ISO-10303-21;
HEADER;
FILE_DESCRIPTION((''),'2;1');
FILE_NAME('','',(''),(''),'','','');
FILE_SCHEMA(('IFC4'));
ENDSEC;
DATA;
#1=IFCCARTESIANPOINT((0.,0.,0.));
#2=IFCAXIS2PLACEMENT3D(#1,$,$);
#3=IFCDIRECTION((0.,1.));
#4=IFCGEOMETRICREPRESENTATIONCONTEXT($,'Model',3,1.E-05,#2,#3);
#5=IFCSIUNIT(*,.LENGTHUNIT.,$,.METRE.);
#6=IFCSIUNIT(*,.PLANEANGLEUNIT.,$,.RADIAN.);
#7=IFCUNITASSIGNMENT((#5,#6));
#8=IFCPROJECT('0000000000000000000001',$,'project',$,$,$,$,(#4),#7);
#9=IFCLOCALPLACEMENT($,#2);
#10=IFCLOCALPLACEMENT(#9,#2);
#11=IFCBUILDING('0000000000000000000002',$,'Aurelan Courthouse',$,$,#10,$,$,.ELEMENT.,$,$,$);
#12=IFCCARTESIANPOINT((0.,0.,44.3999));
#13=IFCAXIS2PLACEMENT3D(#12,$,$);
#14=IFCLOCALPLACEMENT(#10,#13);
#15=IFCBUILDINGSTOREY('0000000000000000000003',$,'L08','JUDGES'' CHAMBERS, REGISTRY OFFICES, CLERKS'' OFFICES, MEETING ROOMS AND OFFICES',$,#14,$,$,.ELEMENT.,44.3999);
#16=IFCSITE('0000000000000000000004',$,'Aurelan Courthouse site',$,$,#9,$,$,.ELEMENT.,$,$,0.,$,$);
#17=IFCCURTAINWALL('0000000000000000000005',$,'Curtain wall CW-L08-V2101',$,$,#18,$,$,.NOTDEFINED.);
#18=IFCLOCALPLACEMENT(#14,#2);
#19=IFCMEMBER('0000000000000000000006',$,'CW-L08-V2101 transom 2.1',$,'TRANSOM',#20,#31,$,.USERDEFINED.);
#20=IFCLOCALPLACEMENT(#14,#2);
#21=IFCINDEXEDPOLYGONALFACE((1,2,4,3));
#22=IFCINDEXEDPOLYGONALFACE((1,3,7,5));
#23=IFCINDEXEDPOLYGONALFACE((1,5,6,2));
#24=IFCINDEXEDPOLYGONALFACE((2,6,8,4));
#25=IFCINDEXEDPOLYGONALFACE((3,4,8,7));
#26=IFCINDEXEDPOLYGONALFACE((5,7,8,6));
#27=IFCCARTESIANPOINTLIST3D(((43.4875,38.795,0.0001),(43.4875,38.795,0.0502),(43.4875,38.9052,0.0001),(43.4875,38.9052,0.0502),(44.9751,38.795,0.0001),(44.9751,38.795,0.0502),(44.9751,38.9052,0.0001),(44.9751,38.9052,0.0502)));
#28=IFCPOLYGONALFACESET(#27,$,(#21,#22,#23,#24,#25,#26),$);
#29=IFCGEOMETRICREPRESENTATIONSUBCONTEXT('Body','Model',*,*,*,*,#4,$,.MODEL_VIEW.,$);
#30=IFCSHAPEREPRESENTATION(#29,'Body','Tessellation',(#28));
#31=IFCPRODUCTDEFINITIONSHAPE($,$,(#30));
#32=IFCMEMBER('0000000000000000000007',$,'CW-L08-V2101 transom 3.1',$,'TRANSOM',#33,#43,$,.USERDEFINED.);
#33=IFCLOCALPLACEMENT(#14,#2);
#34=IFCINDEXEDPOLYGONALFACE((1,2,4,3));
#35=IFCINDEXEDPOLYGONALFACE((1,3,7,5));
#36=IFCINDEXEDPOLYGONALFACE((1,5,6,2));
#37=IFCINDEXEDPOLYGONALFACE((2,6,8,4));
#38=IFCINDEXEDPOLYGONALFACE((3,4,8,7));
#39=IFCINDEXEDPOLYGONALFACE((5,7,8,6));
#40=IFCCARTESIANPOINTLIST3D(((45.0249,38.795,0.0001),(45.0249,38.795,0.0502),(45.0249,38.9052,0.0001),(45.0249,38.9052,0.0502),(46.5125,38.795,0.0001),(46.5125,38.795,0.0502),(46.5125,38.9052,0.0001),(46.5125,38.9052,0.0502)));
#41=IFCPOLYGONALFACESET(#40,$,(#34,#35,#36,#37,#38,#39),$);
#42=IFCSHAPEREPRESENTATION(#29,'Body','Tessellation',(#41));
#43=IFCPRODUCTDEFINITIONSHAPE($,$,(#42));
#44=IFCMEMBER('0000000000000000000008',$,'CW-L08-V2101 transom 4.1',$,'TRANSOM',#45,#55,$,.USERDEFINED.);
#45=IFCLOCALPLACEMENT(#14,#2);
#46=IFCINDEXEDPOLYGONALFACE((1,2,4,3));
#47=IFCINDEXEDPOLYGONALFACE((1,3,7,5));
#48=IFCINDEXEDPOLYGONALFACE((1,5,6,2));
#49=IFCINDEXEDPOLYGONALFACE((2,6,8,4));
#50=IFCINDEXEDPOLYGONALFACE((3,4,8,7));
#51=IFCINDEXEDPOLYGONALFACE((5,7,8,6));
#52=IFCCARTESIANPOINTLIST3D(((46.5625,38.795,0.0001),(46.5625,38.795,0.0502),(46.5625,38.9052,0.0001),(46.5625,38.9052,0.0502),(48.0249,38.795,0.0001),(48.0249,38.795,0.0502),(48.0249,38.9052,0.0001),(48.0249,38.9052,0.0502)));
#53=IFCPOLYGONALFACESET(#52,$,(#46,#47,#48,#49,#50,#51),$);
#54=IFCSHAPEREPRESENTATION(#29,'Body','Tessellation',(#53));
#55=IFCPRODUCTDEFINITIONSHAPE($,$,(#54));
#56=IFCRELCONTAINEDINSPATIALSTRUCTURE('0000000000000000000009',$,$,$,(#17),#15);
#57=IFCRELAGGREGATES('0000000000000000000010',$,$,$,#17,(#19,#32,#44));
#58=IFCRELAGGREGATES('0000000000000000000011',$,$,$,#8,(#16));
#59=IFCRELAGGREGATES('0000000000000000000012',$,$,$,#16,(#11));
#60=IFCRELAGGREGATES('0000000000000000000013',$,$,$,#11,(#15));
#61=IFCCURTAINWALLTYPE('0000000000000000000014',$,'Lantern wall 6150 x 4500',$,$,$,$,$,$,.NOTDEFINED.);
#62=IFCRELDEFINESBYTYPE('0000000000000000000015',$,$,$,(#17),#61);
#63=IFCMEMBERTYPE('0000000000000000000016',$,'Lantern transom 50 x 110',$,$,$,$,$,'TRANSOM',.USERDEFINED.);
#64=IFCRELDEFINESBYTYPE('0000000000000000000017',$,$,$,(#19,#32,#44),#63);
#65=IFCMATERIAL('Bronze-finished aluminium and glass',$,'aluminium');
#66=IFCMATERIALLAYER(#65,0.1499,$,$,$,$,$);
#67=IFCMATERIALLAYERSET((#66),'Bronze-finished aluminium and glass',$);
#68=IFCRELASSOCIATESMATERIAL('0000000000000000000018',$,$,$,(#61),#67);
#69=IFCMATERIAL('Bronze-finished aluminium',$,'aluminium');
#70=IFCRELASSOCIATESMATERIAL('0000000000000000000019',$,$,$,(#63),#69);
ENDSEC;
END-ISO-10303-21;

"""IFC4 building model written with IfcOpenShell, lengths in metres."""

from ifc_helpers import new_model, si_unit, direction, frame, origin, origin_2d, place, context, subcontext, project, spatial, rectangle, extrude, material, layer, layer_set, material_profile, profile_set, type_object, element, aggregate, save


model = new_model("IFC4")

# Units and contexts
model_context = context("Model", 3, precision=1e-05, world=origin(), true_north=direction((0.0, 1.0)))
body_context = subcontext(model_context, "Body", "Model", "MODEL_VIEW")
ifc_project = project(units=[si_unit("LENGTHUNIT", "METRE"), si_unit("PLANEANGLEUNIT", "RADIAN")], contexts=[model_context])

# Site, building, storey
site_placement = place(None, origin())
site = spatial("IfcSite", under=ifc_project, at=site_placement, Name="Aurelan Courthouse site", CompositionType="ELEMENT", RefElevation=0.0)
building_placement = place(site_placement, origin())
building = spatial("IfcBuilding", under=site, at=building_placement, Name="Aurelan Courthouse", CompositionType="ELEMENT")
storey_placement = place(building_placement, frame((0.0, 0.0, 44.3999)))
storey = spatial("IfcBuildingStorey", under=building, at=storey_placement, Name="L08", Description="JUDGES' CHAMBERS, REGISTRY OFFICES, CLERKS' OFFICES, MEETING ROOMS AND OFFICES", CompositionType="ELEMENT", Elevation=44.3999)

# Curtain wall
ifc_material_1 = material(Name="Bronze-finished aluminium and glass", Category="aluminium")
ifc_layer_1 = layer(ifc_material_1, 0.1499)
ifc_layer_set_1 = layer_set([ifc_layer_1], Name="Bronze-finished aluminium and glass")
curtain_wall_type_1 = type_object("IfcCurtainWallType", Name="Lantern wall 6150 x 4500", PredefinedType="NOTDEFINED", material=ifc_layer_set_1)
curtain_wall_1_placement = place(storey_placement, origin())
curtain_wall_1 = element("IfcCurtainWall", 1, at=curtain_wall_1_placement, inside=storey, type_object=curtain_wall_type_1, Name="Curtain wall CW-L08-V2101", PredefinedType="NOTDEFINED")
ifc_material_2 = material(Name="Bronze-finished aluminium", Category="aluminium")

# Members
ifc_material_profile_1 = material_profile(ifc_material_2, rectangle(XDim=0.1101, YDim=0.05, at=origin_2d()), Name="Lantern transom 50 x 110")
ifc_profile_set_1 = profile_set([ifc_material_profile_1], Name="Bronze-finished aluminium")
member_type_1 = type_object("IfcMemberType", Name="Lantern transom 50 x 110", ElementType="TRANSOM", PredefinedType="USERDEFINED", material=ifc_profile_set_1)
member_1_placement = place(storey_placement, frame((43.4875, 38.8501, 0.0251), z_axis=(1.0, 0.0, 0.0), x_axis=(0.0, 1.0, 0.0)))
member_1 = element("IfcMember", 2, at=member_1_placement, type_object=member_type_1, Name="CW-L08-V2101 transom 2.1", ObjectType="TRANSOM", PredefinedType="USERDEFINED", context=body_context, shape_type="SweptSolid", body=[
    extrude(rectangle(XDim=0.1101, YDim=0.05, at=origin_2d()), origin(), (0.0, 0.0, 1.0), 1.4875),
])
member_2_placement = place(storey_placement, frame((45.0249, 38.8501, 0.0251), z_axis=(1.0, 0.0, 0.0), x_axis=(0.0, 1.0, 0.0)))
member_2 = element("IfcMember", 3, at=member_2_placement, type_object=member_type_1, Name="CW-L08-V2101 transom 3.1", ObjectType="TRANSOM", PredefinedType="USERDEFINED", context=body_context, shape_type="SweptSolid", body=[
    extrude(rectangle(XDim=0.1101, YDim=0.05, at=origin_2d()), origin(), (0.0, 0.0, 1.0), 1.4875),
])
member_3_placement = place(storey_placement, frame((46.5625, 38.8501, 0.0251), z_axis=(1.0, 0.0, 0.0), x_axis=(0.0, 1.0, 0.0)))
member_3 = element("IfcMember", 4, at=member_3_placement, type_object=member_type_1, Name="CW-L08-V2101 transom 4.1", ObjectType="TRANSOM", PredefinedType="USERDEFINED", context=body_context, shape_type="SweptSolid", body=[
    extrude(rectangle(XDim=0.1101, YDim=0.05, at=origin_2d()), origin(), (0.0, 0.0, 1.0), 1.4624),
])
aggregate(curtain_wall_1, [member_1, member_2, member_3])

save(model, "model.ifc")
